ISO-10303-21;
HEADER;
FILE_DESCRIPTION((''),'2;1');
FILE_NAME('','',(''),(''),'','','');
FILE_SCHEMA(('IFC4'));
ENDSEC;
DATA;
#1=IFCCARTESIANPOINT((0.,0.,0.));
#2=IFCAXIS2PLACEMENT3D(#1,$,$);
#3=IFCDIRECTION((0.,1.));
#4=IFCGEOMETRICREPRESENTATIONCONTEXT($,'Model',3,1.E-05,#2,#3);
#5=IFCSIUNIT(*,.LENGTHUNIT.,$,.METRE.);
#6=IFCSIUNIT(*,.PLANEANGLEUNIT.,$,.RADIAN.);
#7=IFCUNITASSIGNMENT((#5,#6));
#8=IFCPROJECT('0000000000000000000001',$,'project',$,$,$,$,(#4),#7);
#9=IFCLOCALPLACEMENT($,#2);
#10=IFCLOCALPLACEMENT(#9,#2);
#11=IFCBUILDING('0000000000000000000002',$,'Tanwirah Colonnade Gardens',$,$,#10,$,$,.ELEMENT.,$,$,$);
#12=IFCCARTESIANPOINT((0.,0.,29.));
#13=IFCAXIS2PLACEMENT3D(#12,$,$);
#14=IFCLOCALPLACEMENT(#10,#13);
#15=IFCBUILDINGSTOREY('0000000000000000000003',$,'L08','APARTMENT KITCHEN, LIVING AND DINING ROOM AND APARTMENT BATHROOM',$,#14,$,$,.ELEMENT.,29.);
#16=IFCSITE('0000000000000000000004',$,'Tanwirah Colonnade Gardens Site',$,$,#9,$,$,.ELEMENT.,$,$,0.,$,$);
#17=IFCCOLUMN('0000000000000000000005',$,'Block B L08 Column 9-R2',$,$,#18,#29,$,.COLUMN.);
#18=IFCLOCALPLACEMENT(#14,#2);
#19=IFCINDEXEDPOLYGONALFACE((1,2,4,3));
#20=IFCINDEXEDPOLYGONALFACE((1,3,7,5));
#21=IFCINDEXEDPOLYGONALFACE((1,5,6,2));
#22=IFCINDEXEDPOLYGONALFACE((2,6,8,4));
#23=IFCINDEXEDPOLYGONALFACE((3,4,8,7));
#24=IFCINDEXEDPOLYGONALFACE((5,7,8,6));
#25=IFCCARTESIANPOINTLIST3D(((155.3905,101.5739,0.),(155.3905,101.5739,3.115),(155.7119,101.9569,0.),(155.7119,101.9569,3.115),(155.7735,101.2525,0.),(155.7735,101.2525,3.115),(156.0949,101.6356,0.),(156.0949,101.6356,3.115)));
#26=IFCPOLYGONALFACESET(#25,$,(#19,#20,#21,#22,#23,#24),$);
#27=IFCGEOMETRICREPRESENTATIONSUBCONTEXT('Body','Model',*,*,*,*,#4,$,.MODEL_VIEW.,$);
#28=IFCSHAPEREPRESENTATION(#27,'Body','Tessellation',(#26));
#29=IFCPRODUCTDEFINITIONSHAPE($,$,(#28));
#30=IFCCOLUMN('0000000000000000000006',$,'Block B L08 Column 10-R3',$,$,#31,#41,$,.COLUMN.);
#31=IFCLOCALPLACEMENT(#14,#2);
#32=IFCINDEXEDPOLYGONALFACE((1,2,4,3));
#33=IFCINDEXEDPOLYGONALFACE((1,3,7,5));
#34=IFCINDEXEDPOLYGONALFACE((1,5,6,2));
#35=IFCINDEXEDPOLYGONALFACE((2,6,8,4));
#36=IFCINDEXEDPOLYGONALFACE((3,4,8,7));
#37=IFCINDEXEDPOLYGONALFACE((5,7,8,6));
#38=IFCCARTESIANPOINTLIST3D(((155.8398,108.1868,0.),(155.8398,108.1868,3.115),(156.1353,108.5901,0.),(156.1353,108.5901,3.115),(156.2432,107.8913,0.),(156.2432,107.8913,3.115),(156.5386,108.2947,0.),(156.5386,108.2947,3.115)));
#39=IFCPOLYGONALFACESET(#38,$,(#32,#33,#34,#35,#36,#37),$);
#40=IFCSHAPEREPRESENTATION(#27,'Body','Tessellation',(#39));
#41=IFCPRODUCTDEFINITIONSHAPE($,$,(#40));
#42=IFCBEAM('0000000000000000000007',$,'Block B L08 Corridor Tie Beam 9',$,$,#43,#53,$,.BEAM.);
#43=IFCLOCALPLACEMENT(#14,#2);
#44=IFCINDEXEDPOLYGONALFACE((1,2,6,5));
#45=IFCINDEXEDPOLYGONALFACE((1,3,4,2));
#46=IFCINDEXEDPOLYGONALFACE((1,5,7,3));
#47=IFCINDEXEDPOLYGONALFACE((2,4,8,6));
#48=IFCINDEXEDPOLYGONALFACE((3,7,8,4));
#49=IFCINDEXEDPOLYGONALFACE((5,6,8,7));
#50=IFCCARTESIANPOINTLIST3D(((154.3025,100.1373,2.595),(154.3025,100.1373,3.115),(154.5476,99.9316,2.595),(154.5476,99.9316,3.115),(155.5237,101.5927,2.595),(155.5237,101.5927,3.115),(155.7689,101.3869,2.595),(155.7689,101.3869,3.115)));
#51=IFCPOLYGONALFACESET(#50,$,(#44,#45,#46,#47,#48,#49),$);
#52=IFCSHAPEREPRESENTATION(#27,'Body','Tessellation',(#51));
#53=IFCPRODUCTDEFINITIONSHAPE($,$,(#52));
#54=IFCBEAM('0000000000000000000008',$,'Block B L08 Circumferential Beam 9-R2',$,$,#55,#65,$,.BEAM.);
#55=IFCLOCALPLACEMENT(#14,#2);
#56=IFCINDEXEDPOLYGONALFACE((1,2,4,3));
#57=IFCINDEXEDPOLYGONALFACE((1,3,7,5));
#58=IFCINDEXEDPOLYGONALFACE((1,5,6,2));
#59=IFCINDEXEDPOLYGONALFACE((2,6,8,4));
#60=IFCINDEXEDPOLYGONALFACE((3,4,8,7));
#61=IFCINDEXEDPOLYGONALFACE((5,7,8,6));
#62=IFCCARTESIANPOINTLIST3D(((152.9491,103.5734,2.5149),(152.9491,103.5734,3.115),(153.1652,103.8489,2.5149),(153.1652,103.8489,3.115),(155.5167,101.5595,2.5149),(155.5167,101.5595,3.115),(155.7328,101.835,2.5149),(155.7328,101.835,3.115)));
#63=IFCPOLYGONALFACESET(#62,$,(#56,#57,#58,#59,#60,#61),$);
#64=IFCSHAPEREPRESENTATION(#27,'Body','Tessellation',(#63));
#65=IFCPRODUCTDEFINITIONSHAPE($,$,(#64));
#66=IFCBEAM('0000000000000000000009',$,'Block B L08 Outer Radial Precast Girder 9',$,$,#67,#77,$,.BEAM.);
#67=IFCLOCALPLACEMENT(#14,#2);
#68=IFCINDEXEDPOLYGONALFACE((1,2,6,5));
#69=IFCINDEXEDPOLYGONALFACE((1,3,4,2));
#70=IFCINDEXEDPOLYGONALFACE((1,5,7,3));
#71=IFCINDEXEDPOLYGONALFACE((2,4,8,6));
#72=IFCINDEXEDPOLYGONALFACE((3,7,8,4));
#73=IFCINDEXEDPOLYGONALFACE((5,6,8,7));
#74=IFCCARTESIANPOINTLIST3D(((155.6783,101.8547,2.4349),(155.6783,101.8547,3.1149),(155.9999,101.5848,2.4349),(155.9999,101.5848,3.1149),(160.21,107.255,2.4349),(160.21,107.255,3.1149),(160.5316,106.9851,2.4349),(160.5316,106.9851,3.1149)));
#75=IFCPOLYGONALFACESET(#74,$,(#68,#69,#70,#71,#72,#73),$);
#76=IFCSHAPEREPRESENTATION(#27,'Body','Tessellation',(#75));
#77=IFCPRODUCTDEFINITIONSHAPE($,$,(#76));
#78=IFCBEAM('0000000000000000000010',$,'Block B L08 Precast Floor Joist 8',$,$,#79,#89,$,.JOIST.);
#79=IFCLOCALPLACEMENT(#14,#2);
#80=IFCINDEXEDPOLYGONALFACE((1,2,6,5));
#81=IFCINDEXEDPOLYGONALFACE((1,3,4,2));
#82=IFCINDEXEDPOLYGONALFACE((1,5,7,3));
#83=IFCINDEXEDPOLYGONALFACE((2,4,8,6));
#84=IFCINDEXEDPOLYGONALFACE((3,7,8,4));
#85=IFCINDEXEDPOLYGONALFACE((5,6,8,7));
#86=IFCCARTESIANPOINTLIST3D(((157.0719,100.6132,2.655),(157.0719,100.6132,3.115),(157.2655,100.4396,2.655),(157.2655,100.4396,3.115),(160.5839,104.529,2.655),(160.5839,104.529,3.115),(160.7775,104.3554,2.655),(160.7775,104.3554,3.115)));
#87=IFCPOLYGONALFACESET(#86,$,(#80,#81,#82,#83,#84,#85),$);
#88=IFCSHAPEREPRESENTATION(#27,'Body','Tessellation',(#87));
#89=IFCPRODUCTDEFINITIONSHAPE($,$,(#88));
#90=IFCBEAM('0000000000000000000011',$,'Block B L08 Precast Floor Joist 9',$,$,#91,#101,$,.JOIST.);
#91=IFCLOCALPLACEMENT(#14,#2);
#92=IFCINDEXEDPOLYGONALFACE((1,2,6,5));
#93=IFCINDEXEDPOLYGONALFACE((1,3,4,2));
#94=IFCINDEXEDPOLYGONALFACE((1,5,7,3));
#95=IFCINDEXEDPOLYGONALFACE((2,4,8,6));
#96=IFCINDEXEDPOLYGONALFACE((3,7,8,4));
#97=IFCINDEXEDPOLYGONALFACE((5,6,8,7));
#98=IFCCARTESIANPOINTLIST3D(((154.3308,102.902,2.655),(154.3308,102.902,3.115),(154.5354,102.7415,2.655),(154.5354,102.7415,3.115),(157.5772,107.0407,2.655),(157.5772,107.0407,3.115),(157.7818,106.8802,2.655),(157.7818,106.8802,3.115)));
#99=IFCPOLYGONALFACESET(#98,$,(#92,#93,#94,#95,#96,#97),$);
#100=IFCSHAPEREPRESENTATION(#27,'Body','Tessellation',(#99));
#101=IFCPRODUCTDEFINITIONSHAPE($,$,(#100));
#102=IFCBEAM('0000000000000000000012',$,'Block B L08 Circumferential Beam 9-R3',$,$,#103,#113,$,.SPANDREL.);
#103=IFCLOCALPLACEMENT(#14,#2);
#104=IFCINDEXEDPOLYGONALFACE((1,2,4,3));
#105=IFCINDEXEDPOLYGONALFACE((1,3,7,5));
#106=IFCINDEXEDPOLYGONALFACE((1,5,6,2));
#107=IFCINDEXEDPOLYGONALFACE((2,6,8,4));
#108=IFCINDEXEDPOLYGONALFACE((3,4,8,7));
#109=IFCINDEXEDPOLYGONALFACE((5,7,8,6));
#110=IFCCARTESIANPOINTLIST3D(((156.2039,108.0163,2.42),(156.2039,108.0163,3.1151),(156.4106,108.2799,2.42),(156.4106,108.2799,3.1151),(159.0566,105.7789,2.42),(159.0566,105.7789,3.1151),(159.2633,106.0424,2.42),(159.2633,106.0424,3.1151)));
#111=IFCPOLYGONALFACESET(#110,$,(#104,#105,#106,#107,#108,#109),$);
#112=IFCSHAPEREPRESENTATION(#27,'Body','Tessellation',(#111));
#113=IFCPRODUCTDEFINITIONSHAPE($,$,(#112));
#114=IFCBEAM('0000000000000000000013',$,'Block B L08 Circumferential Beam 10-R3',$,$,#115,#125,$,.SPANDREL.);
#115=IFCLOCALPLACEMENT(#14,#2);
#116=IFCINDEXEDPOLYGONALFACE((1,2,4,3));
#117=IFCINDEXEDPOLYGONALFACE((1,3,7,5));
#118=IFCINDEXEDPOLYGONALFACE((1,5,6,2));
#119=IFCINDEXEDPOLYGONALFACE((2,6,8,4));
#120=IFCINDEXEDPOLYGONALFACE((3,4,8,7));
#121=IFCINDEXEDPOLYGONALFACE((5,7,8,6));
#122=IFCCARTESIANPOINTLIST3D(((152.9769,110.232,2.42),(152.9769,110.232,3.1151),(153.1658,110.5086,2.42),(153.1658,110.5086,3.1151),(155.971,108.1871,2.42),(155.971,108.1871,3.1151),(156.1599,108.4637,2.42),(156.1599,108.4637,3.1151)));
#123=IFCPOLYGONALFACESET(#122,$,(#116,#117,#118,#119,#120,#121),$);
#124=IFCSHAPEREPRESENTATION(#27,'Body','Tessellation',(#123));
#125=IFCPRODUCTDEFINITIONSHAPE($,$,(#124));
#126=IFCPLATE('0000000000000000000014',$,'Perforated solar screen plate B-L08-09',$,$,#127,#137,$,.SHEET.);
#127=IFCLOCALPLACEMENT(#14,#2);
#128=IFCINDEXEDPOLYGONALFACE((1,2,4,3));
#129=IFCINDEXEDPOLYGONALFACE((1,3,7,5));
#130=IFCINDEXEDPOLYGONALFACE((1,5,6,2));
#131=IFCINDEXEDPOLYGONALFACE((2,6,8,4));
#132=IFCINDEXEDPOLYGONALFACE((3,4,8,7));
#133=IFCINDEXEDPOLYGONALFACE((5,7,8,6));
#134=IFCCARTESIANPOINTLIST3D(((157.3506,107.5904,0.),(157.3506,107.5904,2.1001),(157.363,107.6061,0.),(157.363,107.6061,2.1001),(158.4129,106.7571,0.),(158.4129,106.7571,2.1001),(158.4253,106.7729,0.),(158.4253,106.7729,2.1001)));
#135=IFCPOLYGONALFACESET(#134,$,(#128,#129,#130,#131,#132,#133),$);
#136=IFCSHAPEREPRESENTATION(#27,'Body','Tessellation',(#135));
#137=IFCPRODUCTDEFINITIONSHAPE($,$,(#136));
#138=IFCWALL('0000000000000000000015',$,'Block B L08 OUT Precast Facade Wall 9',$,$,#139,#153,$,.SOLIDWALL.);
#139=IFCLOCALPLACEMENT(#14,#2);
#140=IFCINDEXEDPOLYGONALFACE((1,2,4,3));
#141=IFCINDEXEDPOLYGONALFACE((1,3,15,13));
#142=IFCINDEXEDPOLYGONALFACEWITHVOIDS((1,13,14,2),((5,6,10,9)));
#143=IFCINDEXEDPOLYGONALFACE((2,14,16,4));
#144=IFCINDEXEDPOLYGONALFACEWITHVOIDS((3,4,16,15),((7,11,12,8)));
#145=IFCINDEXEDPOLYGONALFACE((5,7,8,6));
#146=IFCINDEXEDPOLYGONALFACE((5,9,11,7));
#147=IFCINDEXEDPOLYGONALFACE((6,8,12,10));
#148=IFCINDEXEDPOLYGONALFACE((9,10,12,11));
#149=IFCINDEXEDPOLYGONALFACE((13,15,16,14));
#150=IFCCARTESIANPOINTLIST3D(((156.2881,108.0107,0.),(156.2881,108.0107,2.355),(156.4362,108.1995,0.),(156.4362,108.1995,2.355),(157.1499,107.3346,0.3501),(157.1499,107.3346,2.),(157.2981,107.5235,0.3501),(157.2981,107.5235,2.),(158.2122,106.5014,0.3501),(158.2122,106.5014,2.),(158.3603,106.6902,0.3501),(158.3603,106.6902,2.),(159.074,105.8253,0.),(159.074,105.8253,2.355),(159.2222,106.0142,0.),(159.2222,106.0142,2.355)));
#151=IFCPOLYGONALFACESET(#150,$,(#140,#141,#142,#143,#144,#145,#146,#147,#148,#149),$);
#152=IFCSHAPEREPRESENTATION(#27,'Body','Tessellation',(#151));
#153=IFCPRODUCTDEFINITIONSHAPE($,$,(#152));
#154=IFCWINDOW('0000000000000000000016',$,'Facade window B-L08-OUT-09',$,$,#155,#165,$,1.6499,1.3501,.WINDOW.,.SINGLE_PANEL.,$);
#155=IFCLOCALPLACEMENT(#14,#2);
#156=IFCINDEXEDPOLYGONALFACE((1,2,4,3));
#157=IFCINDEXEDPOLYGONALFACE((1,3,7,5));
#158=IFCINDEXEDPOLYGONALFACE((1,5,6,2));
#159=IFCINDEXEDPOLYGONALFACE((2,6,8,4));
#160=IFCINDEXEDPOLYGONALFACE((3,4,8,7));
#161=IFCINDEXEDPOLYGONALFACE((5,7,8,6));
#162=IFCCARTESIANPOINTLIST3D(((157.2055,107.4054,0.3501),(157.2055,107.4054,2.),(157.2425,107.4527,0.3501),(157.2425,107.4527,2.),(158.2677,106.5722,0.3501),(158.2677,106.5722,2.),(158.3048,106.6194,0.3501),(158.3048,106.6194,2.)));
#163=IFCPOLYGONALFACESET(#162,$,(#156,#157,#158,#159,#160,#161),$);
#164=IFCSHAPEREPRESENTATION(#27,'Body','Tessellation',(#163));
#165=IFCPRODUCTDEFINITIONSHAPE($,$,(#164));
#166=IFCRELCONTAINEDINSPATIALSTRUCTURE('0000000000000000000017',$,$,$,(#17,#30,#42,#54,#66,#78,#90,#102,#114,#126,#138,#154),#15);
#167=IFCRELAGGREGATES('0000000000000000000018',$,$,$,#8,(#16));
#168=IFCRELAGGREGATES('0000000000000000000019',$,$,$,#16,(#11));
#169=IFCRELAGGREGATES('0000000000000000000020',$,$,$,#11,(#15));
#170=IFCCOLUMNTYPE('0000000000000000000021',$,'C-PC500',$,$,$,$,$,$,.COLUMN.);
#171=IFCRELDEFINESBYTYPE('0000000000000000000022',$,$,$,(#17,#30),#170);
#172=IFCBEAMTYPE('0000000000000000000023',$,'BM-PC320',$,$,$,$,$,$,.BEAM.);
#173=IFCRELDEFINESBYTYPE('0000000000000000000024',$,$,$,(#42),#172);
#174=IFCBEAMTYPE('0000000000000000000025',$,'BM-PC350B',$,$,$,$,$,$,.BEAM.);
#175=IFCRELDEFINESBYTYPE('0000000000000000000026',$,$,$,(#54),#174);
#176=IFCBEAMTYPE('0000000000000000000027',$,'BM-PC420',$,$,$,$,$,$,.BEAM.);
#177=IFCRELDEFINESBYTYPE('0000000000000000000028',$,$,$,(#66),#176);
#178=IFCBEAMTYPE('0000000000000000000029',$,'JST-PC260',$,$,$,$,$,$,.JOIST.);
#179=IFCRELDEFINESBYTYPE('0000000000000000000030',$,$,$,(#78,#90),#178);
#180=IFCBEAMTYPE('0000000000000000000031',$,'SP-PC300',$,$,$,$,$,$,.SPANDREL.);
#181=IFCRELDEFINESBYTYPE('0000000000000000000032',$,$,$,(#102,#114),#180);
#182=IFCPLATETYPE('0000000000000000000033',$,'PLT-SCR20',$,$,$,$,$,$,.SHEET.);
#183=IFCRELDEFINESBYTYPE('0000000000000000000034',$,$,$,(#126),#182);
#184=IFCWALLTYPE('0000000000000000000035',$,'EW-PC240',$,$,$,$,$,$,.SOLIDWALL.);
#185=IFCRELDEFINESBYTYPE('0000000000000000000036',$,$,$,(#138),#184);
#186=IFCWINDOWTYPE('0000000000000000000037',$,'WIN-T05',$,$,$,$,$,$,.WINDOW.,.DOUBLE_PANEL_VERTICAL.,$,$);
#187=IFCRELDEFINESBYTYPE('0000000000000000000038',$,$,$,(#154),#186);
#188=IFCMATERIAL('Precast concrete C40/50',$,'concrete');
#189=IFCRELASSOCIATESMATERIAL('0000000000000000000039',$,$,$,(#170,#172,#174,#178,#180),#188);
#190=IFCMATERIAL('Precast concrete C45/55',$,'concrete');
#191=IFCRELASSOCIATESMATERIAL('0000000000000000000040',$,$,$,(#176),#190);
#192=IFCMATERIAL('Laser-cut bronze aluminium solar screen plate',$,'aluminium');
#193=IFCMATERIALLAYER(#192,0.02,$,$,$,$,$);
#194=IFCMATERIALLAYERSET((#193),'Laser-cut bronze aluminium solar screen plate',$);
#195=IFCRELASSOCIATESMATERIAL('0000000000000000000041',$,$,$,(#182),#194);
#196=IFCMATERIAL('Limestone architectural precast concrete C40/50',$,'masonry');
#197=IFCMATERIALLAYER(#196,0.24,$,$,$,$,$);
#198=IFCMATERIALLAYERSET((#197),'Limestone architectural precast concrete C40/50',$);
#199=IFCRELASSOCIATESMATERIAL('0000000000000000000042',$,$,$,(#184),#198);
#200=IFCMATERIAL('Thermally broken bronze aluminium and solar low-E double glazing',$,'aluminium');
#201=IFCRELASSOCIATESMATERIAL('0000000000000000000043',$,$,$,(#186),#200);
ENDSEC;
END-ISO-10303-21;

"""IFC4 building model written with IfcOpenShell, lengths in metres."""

from ifc_helpers import new_model, si_unit, direction, frame, frame_2d, origin, origin_2d, place, context, subcontext, project, spatial, rectangle, extrude, material, layer, layer_set, material_profile, profile_set, type_object, element, fill, save


model = new_model("IFC4")

# Units and contexts
model_context = context("Model", 3, precision=1e-05, world=origin(), true_north=direction((0.0, 1.0)))
body_context = subcontext(model_context, "Body", "Model", "MODEL_VIEW")
ifc_project = project(units=[si_unit("LENGTHUNIT", "METRE"), si_unit("PLANEANGLEUNIT", "RADIAN")], contexts=[model_context])

# Site, building, storey
site_placement = place(None, origin())
site = spatial("IfcSite", under=ifc_project, at=site_placement, Name="Tanwirah Colonnade Gardens Site", CompositionType="ELEMENT", RefElevation=0.0)
building_placement = place(site_placement, origin())
building = spatial("IfcBuilding", under=site, at=building_placement, Name="Tanwirah Colonnade Gardens", CompositionType="ELEMENT")
storey_placement = place(building_placement, frame((0.0, 0.0, 29.0)))
storey = spatial("IfcBuildingStorey", under=building, at=storey_placement, Name="L08", Description="APARTMENT KITCHEN, LIVING AND DINING ROOM AND APARTMENT BATHROOM", CompositionType="ELEMENT", Elevation=29.0)

# Columns
ifc_material_1 = material(Name="Precast concrete C40/50", Category="concrete")
ifc_material_profile_1 = material_profile(ifc_material_1, rectangle(XDim=0.5, YDim=0.5, at=origin_2d()), Name="PC-COL 500x500")
ifc_profile_set_1 = profile_set([ifc_material_profile_1], Name="Precast concrete C40/50")
column_type = type_object("IfcColumnType", Name="C-PC500", PredefinedType="COLUMN", material=ifc_profile_set_1)
for number, where, z_axis, x_axis, name in (
    (1, (155.7427, 101.6047, 0.0), (0.0, 0.0, 1.0), (0.642788, 0.766044, 0.0), "Block B L08 Column 9-R2"),
    (2, (156.1892, 108.2407, 0.0), (0.0, 0.0, 1.0), (0.590919, 0.806731, 0.0), "Block B L08 Column 10-R3"),
):
    element("IfcColumn", number, at=place(storey_placement, frame(where, z_axis=z_axis, x_axis=x_axis)), inside=storey, type_object=column_type, Name=name, PredefinedType="COLUMN", context=body_context, shape_type="SweptSolid", body=[
        extrude(rectangle(XDim=0.5, YDim=0.5, at=origin_2d()), origin(), (0.0, 0.0, 1.0), 3.115),
    ])

# Beams
ifc_material_profile_2 = material_profile(ifc_material_1, rectangle(XDim=0.3201, YDim=0.52, at=origin_2d()), Name="PC-BM 320x520")
ifc_profile_set_2 = profile_set([ifc_material_profile_2], Name="Precast concrete C40/50")
beam_type_1 = type_object("IfcBeamType", Name="BM-PC320", PredefinedType="BEAM", material=ifc_profile_set_2)
beam_1_placement = place(storey_placement, frame((154.425, 100.0344, 2.855), z_axis=(0.642797, 0.766036, 0.0), x_axis=(-0.766036, 0.642797, 0.0)))
element("IfcBeam", 3, at=beam_1_placement, inside=storey, type_object=beam_type_1, Name="Block B L08 Corridor Tie Beam 9", PredefinedType="BEAM", context=body_context, shape_type="SweptSolid", body=[
    extrude(rectangle(XDim=0.3201, YDim=0.52, at=origin_2d()), origin(), (0.0, 0.0, 1.0), 1.8999),
])
ifc_material_profile_3 = material_profile(ifc_material_1, rectangle(XDim=0.3501, YDim=0.6001, at=origin_2d()), Name="PC-BM 350x600")
ifc_profile_set_3 = profile_set([ifc_material_profile_3], Name="Precast concrete C40/50")
beam_type_2 = type_object("IfcBeamType", Name="BM-PC350B", PredefinedType="BEAM", material=ifc_profile_set_3)
beam_2_placement = place(storey_placement, frame((155.6248, 101.6973, 2.8149), z_axis=(-0.78684, 0.617157, 0.0), x_axis=(-0.617157, -0.78684, 0.0)))
element("IfcBeam", 4, at=beam_2_placement, inside=storey, type_object=beam_type_2, Name="Block B L08 Circumferential Beam 9-R2", PredefinedType="BEAM", context=body_context, shape_type="SweptSolid", body=[
    extrude(rectangle(XDim=0.3501, YDim=0.6001, at=origin_2d()), origin(), (0.0, 0.0, 1.0), 3.2632),
])
ifc_material_2 = material(Name="Precast concrete C45/55", Category="concrete")
ifc_material_profile_4 = material_profile(ifc_material_2, rectangle(XDim=0.4199, YDim=0.6799, at=origin_2d()), Name="PC-BM 420x680")
ifc_profile_set_4 = profile_set([ifc_material_profile_4], Name="Precast concrete C45/55")
beam_type_3 = type_object("IfcBeamType", Name="BM-PC420", PredefinedType="BEAM", material=ifc_profile_set_4)
beam_3_placement = place(storey_placement, frame((155.8391, 101.7197, 2.7749), z_axis=(0.64281, 0.766025, 0.0), x_axis=(-0.766025, 0.64281, 0.0)))
element("IfcBeam", 5, at=beam_3_placement, inside=storey, type_object=beam_type_3, Name="Block B L08 Outer Radial Precast Girder 9", PredefinedType="BEAM", context=body_context, shape_type="SweptSolid", body=[
    extrude(rectangle(XDim=0.4199, YDim=0.6799, at=origin_2d()), origin(), (0.0, 0.0, 1.0), 7.0498),
])
ifc_material_profile_5 = material_profile(ifc_material_1, rectangle(XDim=0.26, YDim=0.46, at=origin_2d()), Name="PC-JST 260x460")
ifc_profile_set_5 = profile_set([ifc_material_profile_5], Name="Precast concrete C40/50")
beam_type_4 = type_object("IfcBeamType", Name="JST-PC260", PredefinedType="JOIST", material=ifc_profile_set_5)
for number, where, z_axis, x_axis, name in (
    (6, (157.1687, 100.5264, 2.885), (0.667679, 0.744449, 0.0), (-0.744449, 0.667679, 0.0), "Block B L08 Precast Floor Joist 8"),
    (7, (154.4331, 102.8218, 2.885), (0.617178, 0.786824, 0.0), (-0.786824, 0.617178, 0.0), "Block B L08 Precast Floor Joist 9"),
):
    element("IfcBeam", number, at=place(storey_placement, frame(where, z_axis=z_axis, x_axis=x_axis)), inside=storey, type_object=beam_type_4, Name=name, PredefinedType="JOIST", context=body_context, shape_type="SweptSolid", body=[
        extrude(rectangle(XDim=0.26, YDim=0.46, at=origin_2d()), origin(), (0.0, 0.0, 1.0), 5.26),
    ])
ifc_material_profile_6 = material_profile(ifc_material_1, rectangle(XDim=0.335, YDim=0.6951, at=origin_2d()), Name="PC-SP 335x695")
ifc_profile_set_6 = profile_set([ifc_material_profile_6], Name="Precast concrete C40/50")
beam_type_5 = type_object("IfcBeamType", Name="SP-PC300", PredefinedType="SPANDREL", material=ifc_profile_set_6)
beam_4_placement = place(storey_placement, frame((159.1599, 105.9106, 2.7676), z_axis=(-0.786844, 0.617152, 0.0), x_axis=(-0.617152, -0.786844, 0.0)))
element("IfcBeam", 8, at=beam_4_placement, inside=storey, type_object=beam_type_5, Name="Block B L08 Circumferential Beam 9-R3", PredefinedType="SPANDREL", context=body_context, shape_type="SweptSolid", body=[
    extrude(rectangle(XDim=0.335, YDim=0.6951, at=origin_2d()), origin(), (0.0, 0.0, 1.0), 3.6255),
])
beam_5_placement = place(storey_placement, frame((156.0654, 108.3254, 2.7676), z_axis=(-0.825783, 0.563989, 0.0), x_axis=(-0.563989, -0.825783, 0.0)))
element("IfcBeam", 9, at=beam_5_placement, inside=storey, type_object=beam_type_5, Name="Block B L08 Circumferential Beam 10-R3", PredefinedType="SPANDREL", context=body_context, shape_type="SweptSolid", body=[
    extrude(rectangle(XDim=0.335, YDim=0.6951, at=origin_2d()), origin(), (0.0, 0.0, 1.0), 3.6257),
])

# Plate
ifc_material_3 = material(Name="Laser-cut bronze aluminium solar screen plate", Category="aluminium")
ifc_layer_1 = layer(ifc_material_3, 0.02)
ifc_layer_set_1 = layer_set([ifc_layer_1], Name="Laser-cut bronze aluminium solar screen plate")
plate_type = type_object("IfcPlateType", Name="PLT-SCR20", PredefinedType="SHEET", material=ifc_layer_set_1)
plate_placement = place(storey_placement, frame((157.8879, 107.1816, 0.0), z_axis=(0.0, 0.0, 1.0), x_axis=(-0.786816, 0.617188, 0.0)))
element("IfcPlate", 10, at=plate_placement, inside=storey, type_object=plate_type, Name="Perforated solar screen plate B-L08-09", PredefinedType="SHEET", context=body_context, shape_type="SweptSolid", body=[
    extrude(rectangle(XDim=1.3501, YDim=0.02, at=origin_2d()), origin(), (0.0, 0.0, 1.0), 2.1001),
])

# Wall, opening, window
ifc_material_4 = material(Name="Limestone architectural precast concrete C40/50", Category="masonry")
ifc_layer_2 = layer(ifc_material_4, 0.24)
ifc_layer_set_2 = layer_set([ifc_layer_2], Name="Limestone architectural precast concrete C40/50")
wall_type_1 = type_object("IfcWallType", Name="EW-PC240", PredefinedType="SOLIDWALL", material=ifc_layer_set_2)
wall_1_placement = place(storey_placement, frame((159.1482, 105.9197, 0.0), z_axis=(0.0, 0.0, 1.0), x_axis=(-0.786813, 0.617191, 0.0)))
wall_1 = element("IfcWall", 11, at=wall_1_placement, inside=storey, type_object=wall_type_1, Name="Block B L08 OUT Precast Facade Wall 9", PredefinedType="SOLIDWALL", context=body_context, shape_type="SweptSolid", body=[
    extrude(rectangle(XDim=3.5408, YDim=0.24, at=frame_2d((1.7705, 0.0))), origin(), (0.0, 0.0, 1.0), 2.355),
])
opening_1_placement = place(wall_1_placement, frame((1.0955, 0.0, 0.3501)))
opening_1 = element("IfcOpeningElement", 12, at=opening_1_placement, cuts=wall_1, PredefinedType="OPENING", context=body_context, shape_type="SweptSolid", body=[
    extrude(rectangle(XDim=1.3501, YDim=1.6499, at=frame_2d((0.675, 0.825))), frame((0.0, 0.1299, 0.0), z_axis=(0.0, -1.0, 0.0), x_axis=(1.0, 0.0, 0.0)), (0.0, 0.0, 1.0), 0.26),
])
ifc_material_5 = material(Name="Thermally broken bronze aluminium and solar low-E double glazing", Category="aluminium")
window_type_1 = type_object("IfcWindowType", Name="WIN-T05", PartitioningType="DOUBLE_PANEL_VERTICAL", PredefinedType="WINDOW", material=ifc_material_5)
window_1_placement = place(opening_1_placement, origin())
window_1 = element("IfcWindow", 13, at=window_1_placement, inside=storey, type_object=window_type_1, Name="Facade window B-L08-OUT-09", OverallHeight=1.6499, OverallWidth=1.3501, PartitioningType="SINGLE_PANEL", PredefinedType="WINDOW", context=body_context, shape_type="SweptSolid", body=[
    extrude(rectangle(XDim=1.3501, YDim=1.6499, at=frame_2d((0.675, 0.825))), frame((0.0, 0.03, 0.0), z_axis=(0.0, -1.0, 0.0), x_axis=(1.0, 0.0, 0.0)), (0.0, 0.0, 1.0), 0.0601),
])
fill(opening_1, window_1)

save(model, "model.ifc")
